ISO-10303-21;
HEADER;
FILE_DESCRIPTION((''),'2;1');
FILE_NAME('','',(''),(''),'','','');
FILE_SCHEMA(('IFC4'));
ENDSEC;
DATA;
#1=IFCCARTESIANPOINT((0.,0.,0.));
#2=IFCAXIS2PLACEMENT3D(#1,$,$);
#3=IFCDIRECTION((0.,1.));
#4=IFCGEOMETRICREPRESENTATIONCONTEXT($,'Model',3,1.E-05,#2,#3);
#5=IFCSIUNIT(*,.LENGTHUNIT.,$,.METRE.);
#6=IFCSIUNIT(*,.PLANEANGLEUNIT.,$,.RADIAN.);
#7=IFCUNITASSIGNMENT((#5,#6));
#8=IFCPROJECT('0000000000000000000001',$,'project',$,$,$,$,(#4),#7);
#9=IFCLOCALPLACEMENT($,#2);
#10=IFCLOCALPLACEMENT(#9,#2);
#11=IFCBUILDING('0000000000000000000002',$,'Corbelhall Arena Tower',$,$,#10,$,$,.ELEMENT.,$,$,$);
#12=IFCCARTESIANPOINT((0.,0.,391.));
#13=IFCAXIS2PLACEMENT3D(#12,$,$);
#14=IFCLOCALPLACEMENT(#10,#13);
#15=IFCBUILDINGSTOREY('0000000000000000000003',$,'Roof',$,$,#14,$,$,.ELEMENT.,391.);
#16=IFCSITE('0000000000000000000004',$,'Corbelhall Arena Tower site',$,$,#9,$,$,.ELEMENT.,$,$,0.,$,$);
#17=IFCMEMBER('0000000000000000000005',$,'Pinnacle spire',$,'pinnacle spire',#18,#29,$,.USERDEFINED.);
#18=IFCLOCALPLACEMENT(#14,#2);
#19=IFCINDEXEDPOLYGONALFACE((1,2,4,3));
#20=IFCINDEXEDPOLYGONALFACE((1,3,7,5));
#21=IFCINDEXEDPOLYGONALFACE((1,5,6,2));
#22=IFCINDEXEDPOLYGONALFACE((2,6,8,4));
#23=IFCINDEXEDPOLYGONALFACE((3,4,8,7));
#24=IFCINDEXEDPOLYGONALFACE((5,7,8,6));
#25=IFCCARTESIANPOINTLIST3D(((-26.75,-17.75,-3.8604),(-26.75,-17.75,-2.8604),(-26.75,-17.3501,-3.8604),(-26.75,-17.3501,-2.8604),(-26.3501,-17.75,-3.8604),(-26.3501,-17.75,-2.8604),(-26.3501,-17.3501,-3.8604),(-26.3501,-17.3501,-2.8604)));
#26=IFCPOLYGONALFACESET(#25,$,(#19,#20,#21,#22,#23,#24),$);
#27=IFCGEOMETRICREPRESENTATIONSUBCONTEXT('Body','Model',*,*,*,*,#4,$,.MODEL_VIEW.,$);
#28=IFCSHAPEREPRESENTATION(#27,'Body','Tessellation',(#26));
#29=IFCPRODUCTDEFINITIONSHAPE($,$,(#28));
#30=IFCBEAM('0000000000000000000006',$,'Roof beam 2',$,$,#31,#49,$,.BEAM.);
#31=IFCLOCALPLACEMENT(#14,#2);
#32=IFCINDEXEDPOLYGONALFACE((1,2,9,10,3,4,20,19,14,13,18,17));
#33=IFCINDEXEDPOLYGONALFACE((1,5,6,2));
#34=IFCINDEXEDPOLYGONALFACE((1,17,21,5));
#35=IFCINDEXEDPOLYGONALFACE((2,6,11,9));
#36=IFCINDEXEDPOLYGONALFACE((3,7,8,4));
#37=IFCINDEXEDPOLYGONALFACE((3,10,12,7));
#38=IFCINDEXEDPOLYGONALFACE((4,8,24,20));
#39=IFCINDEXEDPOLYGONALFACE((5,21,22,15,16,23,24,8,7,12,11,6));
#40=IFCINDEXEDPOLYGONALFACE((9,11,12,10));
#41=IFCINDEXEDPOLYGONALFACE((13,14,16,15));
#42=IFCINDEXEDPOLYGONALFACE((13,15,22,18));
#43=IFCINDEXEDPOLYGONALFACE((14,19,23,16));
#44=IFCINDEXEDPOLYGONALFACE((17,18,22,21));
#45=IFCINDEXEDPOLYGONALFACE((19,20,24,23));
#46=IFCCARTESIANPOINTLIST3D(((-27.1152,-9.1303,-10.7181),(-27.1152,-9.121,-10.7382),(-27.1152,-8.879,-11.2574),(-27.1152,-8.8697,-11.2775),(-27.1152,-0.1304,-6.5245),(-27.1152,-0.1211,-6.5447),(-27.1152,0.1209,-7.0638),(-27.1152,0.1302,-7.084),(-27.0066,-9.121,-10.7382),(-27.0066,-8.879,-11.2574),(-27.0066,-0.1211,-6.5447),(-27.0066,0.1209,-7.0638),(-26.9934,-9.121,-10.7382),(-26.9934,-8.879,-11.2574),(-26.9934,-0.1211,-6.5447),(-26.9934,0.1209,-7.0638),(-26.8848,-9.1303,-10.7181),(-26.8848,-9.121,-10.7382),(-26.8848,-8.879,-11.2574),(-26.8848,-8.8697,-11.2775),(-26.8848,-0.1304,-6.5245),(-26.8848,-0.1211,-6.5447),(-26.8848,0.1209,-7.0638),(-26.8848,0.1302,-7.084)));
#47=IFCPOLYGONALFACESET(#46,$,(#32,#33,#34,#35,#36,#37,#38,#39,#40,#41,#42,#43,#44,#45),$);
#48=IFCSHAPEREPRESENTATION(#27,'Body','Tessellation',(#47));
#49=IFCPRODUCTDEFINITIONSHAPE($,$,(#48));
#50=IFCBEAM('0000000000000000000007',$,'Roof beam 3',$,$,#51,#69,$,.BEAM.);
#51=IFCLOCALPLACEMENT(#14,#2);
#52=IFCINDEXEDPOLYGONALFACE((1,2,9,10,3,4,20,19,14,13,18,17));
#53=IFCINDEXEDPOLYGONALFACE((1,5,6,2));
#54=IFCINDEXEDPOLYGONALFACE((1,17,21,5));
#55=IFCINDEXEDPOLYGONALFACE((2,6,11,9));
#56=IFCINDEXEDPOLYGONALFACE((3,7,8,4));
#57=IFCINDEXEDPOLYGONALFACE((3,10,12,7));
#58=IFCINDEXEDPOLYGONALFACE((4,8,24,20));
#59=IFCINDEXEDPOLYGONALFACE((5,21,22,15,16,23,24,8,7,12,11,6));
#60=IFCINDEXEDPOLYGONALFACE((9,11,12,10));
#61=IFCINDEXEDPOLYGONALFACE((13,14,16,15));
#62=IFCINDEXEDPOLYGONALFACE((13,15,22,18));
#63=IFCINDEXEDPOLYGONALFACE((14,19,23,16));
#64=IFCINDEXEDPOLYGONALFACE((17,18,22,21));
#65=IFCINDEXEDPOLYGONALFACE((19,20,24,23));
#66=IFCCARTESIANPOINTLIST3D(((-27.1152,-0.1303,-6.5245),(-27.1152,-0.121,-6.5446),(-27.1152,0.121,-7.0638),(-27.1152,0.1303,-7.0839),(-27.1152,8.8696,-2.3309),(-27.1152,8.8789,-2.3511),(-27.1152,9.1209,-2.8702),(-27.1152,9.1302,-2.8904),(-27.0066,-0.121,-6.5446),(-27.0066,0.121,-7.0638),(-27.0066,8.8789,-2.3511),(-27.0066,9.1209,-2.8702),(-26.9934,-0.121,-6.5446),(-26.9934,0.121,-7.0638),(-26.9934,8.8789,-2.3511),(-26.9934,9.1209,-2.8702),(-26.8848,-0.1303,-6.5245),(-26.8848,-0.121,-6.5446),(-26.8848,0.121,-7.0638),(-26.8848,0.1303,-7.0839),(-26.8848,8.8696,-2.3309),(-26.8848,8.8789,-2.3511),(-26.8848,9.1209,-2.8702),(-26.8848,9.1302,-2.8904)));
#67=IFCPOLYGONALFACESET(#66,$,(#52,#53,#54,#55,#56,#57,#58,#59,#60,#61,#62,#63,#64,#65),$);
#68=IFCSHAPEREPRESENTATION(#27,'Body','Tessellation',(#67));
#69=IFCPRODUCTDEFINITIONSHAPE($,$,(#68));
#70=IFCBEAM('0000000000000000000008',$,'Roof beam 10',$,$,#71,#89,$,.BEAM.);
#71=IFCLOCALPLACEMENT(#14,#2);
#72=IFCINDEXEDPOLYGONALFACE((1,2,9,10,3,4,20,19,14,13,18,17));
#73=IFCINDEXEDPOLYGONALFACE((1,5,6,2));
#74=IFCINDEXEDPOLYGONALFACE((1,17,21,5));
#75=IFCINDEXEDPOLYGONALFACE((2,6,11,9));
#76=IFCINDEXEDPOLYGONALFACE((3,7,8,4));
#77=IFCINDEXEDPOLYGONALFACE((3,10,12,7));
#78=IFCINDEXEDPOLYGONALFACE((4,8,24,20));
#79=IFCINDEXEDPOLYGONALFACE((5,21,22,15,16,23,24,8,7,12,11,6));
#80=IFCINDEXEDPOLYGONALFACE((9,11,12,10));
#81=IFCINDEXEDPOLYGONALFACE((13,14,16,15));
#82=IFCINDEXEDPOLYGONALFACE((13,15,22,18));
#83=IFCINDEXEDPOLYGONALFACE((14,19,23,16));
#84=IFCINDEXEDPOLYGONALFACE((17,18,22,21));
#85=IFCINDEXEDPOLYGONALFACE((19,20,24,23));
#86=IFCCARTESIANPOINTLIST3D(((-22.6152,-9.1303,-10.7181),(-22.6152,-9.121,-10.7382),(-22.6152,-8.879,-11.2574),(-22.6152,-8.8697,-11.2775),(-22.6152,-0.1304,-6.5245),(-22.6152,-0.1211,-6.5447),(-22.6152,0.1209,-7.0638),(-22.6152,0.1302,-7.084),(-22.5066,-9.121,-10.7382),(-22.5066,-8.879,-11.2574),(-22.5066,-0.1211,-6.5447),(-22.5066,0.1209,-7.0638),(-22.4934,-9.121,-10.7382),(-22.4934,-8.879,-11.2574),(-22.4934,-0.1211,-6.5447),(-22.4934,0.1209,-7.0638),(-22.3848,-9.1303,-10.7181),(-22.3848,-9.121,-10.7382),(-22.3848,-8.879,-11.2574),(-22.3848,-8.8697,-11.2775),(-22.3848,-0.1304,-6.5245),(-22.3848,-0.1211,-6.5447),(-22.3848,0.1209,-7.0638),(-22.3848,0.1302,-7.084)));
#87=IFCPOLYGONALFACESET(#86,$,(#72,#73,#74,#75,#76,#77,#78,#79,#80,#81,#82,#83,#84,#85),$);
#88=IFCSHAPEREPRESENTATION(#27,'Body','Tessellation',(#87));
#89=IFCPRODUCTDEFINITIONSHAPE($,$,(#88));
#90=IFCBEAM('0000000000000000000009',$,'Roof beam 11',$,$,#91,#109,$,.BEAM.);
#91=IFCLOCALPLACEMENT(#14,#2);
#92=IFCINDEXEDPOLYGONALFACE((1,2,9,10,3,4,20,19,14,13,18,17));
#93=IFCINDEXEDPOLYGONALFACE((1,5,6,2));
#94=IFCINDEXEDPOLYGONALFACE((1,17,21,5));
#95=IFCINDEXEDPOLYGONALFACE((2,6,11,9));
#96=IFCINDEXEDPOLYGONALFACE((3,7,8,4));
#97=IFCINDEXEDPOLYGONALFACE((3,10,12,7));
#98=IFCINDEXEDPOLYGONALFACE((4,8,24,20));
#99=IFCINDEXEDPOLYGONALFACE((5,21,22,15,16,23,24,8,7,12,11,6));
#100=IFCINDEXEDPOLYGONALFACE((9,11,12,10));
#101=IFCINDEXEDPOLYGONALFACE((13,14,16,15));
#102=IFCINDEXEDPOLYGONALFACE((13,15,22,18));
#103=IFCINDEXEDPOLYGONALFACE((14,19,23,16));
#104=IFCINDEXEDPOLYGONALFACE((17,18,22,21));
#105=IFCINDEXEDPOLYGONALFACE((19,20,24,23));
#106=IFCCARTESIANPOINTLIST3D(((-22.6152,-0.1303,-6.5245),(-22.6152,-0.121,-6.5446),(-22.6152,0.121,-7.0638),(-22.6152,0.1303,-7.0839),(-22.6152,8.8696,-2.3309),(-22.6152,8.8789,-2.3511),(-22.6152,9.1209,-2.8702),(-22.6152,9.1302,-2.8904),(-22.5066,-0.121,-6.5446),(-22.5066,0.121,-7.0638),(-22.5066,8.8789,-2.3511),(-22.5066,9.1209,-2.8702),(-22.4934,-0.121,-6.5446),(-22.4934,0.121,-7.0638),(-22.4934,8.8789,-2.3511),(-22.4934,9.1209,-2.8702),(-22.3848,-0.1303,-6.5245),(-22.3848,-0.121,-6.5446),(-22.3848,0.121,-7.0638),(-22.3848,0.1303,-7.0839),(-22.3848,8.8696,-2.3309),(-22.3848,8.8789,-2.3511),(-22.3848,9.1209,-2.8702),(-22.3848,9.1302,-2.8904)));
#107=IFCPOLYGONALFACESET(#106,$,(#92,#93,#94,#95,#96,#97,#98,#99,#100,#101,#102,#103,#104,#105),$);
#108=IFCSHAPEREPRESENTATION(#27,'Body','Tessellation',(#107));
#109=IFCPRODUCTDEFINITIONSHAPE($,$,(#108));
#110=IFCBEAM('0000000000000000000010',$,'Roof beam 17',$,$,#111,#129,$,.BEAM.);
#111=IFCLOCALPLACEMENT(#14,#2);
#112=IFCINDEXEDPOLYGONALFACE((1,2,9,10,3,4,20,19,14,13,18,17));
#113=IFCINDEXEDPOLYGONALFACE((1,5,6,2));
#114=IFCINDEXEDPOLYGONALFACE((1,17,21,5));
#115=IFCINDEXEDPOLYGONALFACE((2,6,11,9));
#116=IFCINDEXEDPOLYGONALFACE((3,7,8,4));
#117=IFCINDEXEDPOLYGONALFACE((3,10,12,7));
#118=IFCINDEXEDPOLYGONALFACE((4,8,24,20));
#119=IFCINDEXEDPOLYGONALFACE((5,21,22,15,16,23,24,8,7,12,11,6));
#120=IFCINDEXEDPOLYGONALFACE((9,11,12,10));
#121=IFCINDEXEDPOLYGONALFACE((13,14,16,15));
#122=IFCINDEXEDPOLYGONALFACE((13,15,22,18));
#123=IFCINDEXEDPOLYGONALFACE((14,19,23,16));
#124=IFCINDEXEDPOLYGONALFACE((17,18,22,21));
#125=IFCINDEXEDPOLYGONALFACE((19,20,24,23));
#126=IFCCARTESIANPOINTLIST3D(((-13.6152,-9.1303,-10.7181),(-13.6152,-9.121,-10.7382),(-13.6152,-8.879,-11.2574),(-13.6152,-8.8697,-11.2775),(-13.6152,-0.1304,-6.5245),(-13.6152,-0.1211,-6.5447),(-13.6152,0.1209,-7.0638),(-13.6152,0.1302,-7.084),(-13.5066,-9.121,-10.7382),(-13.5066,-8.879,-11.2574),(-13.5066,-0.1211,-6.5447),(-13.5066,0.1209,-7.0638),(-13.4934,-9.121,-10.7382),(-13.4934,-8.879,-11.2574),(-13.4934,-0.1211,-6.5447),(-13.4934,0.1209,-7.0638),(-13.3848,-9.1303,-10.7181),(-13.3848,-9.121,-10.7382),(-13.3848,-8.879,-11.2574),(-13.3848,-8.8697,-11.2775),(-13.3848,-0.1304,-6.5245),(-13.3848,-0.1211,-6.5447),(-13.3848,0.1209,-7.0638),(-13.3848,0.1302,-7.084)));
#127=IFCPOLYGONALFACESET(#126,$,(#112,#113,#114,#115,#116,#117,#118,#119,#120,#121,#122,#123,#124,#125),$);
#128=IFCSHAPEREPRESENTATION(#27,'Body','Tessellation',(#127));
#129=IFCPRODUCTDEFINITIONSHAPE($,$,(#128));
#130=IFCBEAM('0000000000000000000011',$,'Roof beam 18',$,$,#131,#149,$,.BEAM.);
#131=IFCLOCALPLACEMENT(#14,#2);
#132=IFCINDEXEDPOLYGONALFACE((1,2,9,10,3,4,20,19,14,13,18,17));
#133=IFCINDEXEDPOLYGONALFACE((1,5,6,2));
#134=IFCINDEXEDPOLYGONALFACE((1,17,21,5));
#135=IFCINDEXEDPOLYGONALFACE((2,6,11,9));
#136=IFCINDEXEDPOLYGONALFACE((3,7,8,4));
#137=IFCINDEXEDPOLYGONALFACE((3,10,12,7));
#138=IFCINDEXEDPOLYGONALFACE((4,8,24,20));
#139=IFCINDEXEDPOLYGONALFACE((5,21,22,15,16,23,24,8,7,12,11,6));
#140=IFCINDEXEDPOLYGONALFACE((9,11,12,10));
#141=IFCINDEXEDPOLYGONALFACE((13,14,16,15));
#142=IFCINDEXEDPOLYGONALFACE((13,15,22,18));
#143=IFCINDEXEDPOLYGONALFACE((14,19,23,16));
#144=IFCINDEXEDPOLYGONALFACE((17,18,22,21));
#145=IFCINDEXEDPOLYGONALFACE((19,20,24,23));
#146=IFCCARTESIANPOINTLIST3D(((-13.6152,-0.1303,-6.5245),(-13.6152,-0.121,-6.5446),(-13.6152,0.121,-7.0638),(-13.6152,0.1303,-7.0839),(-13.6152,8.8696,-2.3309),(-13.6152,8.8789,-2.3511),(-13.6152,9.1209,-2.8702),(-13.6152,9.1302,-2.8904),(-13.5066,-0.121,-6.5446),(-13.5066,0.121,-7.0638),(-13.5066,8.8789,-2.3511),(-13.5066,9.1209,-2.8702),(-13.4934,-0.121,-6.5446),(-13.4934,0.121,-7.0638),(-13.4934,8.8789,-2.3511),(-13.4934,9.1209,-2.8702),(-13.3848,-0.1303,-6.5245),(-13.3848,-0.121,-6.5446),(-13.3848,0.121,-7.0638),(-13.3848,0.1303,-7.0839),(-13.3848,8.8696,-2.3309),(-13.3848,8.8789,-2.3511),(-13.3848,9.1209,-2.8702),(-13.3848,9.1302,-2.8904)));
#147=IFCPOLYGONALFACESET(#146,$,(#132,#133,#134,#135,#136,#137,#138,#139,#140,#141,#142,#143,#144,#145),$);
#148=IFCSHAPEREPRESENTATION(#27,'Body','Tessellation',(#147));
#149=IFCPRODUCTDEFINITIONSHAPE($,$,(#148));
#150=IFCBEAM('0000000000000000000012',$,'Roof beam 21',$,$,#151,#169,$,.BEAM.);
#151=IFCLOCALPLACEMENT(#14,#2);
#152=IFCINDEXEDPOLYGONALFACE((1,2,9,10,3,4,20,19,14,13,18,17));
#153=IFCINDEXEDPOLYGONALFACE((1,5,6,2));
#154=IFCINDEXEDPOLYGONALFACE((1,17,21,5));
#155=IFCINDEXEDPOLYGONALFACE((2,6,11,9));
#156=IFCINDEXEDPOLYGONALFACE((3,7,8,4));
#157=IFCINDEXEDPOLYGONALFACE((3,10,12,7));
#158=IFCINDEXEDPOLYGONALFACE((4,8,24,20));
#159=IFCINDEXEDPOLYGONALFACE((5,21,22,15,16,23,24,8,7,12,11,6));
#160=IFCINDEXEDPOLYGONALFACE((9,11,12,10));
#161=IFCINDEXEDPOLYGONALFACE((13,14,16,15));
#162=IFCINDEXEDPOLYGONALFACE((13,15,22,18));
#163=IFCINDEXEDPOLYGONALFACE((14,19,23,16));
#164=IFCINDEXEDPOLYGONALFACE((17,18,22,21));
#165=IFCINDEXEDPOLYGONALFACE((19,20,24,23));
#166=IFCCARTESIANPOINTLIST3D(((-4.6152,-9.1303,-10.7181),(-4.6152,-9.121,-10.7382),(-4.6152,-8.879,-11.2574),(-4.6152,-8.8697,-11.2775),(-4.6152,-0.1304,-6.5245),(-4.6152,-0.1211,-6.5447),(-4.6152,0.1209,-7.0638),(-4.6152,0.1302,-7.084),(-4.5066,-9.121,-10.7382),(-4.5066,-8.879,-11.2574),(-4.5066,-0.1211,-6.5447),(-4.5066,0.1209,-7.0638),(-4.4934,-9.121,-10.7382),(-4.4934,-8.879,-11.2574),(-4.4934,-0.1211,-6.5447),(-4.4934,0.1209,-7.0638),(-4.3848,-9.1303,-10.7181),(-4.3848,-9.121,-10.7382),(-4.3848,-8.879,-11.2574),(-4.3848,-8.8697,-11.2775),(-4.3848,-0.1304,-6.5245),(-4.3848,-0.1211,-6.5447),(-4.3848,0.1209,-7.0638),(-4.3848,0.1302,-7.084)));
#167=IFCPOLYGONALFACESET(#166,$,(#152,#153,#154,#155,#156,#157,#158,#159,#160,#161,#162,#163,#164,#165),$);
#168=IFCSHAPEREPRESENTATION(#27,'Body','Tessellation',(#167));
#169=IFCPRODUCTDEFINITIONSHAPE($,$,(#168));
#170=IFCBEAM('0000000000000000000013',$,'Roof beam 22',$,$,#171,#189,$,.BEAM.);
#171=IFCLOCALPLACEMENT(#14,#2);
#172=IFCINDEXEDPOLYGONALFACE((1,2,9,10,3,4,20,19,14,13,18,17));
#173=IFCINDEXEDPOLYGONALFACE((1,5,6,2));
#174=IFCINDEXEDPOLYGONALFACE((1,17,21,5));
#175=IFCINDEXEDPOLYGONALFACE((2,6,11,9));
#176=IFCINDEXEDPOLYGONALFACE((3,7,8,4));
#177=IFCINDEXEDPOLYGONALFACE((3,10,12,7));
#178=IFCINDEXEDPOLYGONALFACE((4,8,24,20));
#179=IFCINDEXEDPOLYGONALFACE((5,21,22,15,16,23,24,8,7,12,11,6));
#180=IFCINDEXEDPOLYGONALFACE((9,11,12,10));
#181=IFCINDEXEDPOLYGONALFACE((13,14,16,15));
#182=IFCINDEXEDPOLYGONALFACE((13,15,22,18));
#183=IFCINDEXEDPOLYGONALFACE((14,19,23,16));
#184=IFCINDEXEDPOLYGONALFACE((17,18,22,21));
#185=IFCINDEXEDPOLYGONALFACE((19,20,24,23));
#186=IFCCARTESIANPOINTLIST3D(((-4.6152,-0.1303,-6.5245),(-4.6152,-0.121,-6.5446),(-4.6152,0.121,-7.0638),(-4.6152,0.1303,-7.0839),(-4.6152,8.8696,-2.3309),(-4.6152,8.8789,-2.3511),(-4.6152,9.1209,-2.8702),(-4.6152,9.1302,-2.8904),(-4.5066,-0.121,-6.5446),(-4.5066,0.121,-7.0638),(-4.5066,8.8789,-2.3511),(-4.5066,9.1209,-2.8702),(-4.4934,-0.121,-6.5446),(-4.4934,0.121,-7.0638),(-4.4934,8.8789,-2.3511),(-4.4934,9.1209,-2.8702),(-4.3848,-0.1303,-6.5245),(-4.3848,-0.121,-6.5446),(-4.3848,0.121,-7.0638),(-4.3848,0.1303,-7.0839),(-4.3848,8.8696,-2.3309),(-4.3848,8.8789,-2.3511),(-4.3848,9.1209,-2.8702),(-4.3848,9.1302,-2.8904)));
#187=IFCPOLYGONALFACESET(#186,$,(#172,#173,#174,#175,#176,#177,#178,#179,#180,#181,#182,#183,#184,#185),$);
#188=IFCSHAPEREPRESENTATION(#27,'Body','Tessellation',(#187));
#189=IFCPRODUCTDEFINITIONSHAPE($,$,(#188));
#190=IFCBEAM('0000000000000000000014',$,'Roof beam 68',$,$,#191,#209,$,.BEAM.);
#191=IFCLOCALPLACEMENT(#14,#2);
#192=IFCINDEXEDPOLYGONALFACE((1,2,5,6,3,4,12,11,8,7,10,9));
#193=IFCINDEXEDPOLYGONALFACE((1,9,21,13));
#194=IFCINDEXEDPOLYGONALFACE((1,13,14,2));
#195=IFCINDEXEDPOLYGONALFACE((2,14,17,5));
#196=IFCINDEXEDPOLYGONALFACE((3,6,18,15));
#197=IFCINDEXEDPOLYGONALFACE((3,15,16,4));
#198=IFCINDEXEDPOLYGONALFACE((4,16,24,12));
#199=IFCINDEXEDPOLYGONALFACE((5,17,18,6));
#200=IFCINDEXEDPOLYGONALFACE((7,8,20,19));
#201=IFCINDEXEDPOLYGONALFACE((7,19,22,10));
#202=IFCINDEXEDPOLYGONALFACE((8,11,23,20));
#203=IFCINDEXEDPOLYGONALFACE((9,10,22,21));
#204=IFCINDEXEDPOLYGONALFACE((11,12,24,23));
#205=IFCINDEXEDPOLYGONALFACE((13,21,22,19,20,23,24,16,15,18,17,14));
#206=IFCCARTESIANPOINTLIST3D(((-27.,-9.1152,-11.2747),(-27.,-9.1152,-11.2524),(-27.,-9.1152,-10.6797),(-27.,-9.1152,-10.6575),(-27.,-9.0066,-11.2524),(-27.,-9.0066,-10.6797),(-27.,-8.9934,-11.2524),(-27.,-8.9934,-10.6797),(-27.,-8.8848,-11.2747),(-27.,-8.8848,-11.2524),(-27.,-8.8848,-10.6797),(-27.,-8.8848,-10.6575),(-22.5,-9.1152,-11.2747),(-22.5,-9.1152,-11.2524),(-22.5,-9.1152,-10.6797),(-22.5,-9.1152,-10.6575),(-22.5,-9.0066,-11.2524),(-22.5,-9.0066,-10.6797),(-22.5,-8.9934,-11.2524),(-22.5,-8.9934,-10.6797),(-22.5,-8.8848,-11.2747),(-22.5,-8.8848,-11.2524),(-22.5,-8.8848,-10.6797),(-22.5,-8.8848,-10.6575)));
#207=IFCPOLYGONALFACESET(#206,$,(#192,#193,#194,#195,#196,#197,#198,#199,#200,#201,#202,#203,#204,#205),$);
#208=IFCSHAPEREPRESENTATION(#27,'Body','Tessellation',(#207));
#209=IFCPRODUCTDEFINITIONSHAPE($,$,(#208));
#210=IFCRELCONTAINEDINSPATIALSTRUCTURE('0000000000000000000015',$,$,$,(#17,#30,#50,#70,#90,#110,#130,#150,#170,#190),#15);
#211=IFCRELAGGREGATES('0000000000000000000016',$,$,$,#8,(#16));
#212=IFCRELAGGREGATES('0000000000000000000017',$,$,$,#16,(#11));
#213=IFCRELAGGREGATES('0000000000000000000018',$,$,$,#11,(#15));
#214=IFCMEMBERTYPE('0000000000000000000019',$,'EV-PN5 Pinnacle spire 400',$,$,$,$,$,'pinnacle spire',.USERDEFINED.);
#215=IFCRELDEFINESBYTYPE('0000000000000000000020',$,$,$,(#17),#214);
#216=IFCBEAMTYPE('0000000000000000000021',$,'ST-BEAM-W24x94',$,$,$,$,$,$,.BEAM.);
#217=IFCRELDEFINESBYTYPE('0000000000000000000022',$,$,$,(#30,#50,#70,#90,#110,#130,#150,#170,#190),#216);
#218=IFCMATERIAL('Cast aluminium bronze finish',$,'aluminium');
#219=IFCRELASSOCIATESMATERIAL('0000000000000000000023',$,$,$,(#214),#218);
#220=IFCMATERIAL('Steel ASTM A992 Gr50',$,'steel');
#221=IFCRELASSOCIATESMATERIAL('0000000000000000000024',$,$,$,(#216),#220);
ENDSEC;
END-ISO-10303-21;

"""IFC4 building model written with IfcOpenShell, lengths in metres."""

from ifc_helpers import new_model, si_unit, direction, frame, origin, origin_2d, place, context, subcontext, project, spatial, rectangle, i_section, extrude, material, material_profile, profile_set, type_object, element, save


model = new_model("IFC4")

# Units and contexts
model_context = context("Model", 3, precision=1e-05, world=origin(), true_north=direction((0.0, 1.0)))
body_context = subcontext(model_context, "Body", "Model", "MODEL_VIEW")
ifc_project = project(units=[si_unit("LENGTHUNIT", "METRE"), si_unit("PLANEANGLEUNIT", "RADIAN")], contexts=[model_context])

# Site, building, storey
site_placement = place(None, origin())
site = spatial("IfcSite", under=ifc_project, at=site_placement, Name="Corbelhall Arena Tower site", CompositionType="ELEMENT", RefElevation=0.0)
building_placement = place(site_placement, origin())
building = spatial("IfcBuilding", under=site, at=building_placement, Name="Corbelhall Arena Tower", CompositionType="ELEMENT")
storey_placement = place(building_placement, frame((0.0, 0.0, 391.0)))
storey = spatial("IfcBuildingStorey", under=building, at=storey_placement, Name="Roof", CompositionType="ELEMENT", Elevation=391.0)

# Member
ifc_material_1 = material(Name="Cast aluminium bronze finish", Category="aluminium")
ifc_material_profile_1 = material_profile(ifc_material_1, rectangle(XDim=0.3999, YDim=0.3999, at=origin_2d()))
ifc_profile_set_1 = profile_set([ifc_material_profile_1], Name="Cast aluminium bronze finish")
member_type = type_object("IfcMemberType", Name="EV-PN5 Pinnacle spire 400", ElementType="pinnacle spire", PredefinedType="USERDEFINED", material=ifc_profile_set_1)
member_placement = place(storey_placement, frame((-26.55, -17.55, -3.8604), z_axis=(0.0, 0.0, 1.0), x_axis=(1.0, 0.0, 0.0)))
element("IfcMember", 1, at=member_placement, inside=storey, type_object=member_type, Name="Pinnacle spire", ObjectType="pinnacle spire", PredefinedType="USERDEFINED", context=body_context, shape_type="SweptSolid", body=[
    extrude(rectangle(XDim=0.3999, YDim=0.3999, at=origin_2d()), origin(), (0.0, 0.0, 1.0), 1.0),
])

# Beams
ifc_material_2 = material(Name="Steel ASTM A992 Gr50", Category="steel")
ifc_material_profile_2 = material_profile(ifc_material_2, i_section(OverallWidth=0.2305, OverallDepth=0.6172, WebThickness=0.0132, FlangeThickness=0.0222, at=origin_2d()))
ifc_profile_set_2 = profile_set([ifc_material_profile_2], Name="Steel ASTM A992 Gr50")
beam_type = type_object("IfcBeamType", Name="ST-BEAM-W24x94", PredefinedType="BEAM", material=ifc_profile_set_2)
for number, where, z_axis, x_axis, name in (
    (2, (-27.0, -9.0, -10.9978), (0.0, 0.90643, 0.422356), (-1.0, 0.0, 0.0), "Roof beam 2"),
    (3, (-27.0, 0.0, -6.8042), (0.0, 0.90643, 0.422356), (-1.0, 0.0, 0.0), "Roof beam 3"),
    (4, (-22.5, -9.0, -10.9978), (0.0, 0.90643, 0.422356), (-1.0, 0.0, 0.0), "Roof beam 10"),
    (5, (-22.5, 0.0, -6.8042), (0.0, 0.90643, 0.422356), (-1.0, 0.0, 0.0), "Roof beam 11"),
    (6, (-13.5, -9.0, -10.9978), (0.0, 0.90643, 0.422356), (-1.0, 0.0, 0.0), "Roof beam 17"),
    (7, (-13.5, 0.0, -6.8042), (0.0, 0.90643, 0.422356), (-1.0, 0.0, 0.0), "Roof beam 18"),
    (8, (-4.5, -9.0, -10.9978), (0.0, 0.90643, 0.422356), (-1.0, 0.0, 0.0), "Roof beam 21"),
    (9, (-4.5, 0.0, -6.8042), (0.0, 0.90643, 0.422356), (-1.0, 0.0, 0.0), "Roof beam 22"),
):
    element("IfcBeam", number, at=place(storey_placement, frame(where, z_axis=z_axis, x_axis=x_axis)), inside=storey, type_object=beam_type, Name=name, PredefinedType="BEAM", context=body_context, shape_type="SweptSolid", body=[
        extrude(i_section(OverallWidth=0.2305, OverallDepth=0.6172, WebThickness=0.0132, FlangeThickness=0.0222, at=origin_2d()), origin(), (0.0, 0.0, 1.0), 9.929),
    ])
beam_1_placement = place(storey_placement, frame((-27.0, -9.0, -10.9661), z_axis=(1.0, 0.0, 0.0), x_axis=(0.0, 1.0, 0.0)))
element("IfcBeam", 10, at=beam_1_placement, inside=storey, type_object=beam_type, Name="Roof beam 68", PredefinedType="BEAM", context=body_context, shape_type="SweptSolid", body=[
    extrude(i_section(OverallWidth=0.2305, OverallDepth=0.6172, WebThickness=0.0132, FlangeThickness=0.0222, at=origin_2d()), origin(), (0.0, 0.0, 1.0), 4.5),
])

save(model, "model.ifc")
